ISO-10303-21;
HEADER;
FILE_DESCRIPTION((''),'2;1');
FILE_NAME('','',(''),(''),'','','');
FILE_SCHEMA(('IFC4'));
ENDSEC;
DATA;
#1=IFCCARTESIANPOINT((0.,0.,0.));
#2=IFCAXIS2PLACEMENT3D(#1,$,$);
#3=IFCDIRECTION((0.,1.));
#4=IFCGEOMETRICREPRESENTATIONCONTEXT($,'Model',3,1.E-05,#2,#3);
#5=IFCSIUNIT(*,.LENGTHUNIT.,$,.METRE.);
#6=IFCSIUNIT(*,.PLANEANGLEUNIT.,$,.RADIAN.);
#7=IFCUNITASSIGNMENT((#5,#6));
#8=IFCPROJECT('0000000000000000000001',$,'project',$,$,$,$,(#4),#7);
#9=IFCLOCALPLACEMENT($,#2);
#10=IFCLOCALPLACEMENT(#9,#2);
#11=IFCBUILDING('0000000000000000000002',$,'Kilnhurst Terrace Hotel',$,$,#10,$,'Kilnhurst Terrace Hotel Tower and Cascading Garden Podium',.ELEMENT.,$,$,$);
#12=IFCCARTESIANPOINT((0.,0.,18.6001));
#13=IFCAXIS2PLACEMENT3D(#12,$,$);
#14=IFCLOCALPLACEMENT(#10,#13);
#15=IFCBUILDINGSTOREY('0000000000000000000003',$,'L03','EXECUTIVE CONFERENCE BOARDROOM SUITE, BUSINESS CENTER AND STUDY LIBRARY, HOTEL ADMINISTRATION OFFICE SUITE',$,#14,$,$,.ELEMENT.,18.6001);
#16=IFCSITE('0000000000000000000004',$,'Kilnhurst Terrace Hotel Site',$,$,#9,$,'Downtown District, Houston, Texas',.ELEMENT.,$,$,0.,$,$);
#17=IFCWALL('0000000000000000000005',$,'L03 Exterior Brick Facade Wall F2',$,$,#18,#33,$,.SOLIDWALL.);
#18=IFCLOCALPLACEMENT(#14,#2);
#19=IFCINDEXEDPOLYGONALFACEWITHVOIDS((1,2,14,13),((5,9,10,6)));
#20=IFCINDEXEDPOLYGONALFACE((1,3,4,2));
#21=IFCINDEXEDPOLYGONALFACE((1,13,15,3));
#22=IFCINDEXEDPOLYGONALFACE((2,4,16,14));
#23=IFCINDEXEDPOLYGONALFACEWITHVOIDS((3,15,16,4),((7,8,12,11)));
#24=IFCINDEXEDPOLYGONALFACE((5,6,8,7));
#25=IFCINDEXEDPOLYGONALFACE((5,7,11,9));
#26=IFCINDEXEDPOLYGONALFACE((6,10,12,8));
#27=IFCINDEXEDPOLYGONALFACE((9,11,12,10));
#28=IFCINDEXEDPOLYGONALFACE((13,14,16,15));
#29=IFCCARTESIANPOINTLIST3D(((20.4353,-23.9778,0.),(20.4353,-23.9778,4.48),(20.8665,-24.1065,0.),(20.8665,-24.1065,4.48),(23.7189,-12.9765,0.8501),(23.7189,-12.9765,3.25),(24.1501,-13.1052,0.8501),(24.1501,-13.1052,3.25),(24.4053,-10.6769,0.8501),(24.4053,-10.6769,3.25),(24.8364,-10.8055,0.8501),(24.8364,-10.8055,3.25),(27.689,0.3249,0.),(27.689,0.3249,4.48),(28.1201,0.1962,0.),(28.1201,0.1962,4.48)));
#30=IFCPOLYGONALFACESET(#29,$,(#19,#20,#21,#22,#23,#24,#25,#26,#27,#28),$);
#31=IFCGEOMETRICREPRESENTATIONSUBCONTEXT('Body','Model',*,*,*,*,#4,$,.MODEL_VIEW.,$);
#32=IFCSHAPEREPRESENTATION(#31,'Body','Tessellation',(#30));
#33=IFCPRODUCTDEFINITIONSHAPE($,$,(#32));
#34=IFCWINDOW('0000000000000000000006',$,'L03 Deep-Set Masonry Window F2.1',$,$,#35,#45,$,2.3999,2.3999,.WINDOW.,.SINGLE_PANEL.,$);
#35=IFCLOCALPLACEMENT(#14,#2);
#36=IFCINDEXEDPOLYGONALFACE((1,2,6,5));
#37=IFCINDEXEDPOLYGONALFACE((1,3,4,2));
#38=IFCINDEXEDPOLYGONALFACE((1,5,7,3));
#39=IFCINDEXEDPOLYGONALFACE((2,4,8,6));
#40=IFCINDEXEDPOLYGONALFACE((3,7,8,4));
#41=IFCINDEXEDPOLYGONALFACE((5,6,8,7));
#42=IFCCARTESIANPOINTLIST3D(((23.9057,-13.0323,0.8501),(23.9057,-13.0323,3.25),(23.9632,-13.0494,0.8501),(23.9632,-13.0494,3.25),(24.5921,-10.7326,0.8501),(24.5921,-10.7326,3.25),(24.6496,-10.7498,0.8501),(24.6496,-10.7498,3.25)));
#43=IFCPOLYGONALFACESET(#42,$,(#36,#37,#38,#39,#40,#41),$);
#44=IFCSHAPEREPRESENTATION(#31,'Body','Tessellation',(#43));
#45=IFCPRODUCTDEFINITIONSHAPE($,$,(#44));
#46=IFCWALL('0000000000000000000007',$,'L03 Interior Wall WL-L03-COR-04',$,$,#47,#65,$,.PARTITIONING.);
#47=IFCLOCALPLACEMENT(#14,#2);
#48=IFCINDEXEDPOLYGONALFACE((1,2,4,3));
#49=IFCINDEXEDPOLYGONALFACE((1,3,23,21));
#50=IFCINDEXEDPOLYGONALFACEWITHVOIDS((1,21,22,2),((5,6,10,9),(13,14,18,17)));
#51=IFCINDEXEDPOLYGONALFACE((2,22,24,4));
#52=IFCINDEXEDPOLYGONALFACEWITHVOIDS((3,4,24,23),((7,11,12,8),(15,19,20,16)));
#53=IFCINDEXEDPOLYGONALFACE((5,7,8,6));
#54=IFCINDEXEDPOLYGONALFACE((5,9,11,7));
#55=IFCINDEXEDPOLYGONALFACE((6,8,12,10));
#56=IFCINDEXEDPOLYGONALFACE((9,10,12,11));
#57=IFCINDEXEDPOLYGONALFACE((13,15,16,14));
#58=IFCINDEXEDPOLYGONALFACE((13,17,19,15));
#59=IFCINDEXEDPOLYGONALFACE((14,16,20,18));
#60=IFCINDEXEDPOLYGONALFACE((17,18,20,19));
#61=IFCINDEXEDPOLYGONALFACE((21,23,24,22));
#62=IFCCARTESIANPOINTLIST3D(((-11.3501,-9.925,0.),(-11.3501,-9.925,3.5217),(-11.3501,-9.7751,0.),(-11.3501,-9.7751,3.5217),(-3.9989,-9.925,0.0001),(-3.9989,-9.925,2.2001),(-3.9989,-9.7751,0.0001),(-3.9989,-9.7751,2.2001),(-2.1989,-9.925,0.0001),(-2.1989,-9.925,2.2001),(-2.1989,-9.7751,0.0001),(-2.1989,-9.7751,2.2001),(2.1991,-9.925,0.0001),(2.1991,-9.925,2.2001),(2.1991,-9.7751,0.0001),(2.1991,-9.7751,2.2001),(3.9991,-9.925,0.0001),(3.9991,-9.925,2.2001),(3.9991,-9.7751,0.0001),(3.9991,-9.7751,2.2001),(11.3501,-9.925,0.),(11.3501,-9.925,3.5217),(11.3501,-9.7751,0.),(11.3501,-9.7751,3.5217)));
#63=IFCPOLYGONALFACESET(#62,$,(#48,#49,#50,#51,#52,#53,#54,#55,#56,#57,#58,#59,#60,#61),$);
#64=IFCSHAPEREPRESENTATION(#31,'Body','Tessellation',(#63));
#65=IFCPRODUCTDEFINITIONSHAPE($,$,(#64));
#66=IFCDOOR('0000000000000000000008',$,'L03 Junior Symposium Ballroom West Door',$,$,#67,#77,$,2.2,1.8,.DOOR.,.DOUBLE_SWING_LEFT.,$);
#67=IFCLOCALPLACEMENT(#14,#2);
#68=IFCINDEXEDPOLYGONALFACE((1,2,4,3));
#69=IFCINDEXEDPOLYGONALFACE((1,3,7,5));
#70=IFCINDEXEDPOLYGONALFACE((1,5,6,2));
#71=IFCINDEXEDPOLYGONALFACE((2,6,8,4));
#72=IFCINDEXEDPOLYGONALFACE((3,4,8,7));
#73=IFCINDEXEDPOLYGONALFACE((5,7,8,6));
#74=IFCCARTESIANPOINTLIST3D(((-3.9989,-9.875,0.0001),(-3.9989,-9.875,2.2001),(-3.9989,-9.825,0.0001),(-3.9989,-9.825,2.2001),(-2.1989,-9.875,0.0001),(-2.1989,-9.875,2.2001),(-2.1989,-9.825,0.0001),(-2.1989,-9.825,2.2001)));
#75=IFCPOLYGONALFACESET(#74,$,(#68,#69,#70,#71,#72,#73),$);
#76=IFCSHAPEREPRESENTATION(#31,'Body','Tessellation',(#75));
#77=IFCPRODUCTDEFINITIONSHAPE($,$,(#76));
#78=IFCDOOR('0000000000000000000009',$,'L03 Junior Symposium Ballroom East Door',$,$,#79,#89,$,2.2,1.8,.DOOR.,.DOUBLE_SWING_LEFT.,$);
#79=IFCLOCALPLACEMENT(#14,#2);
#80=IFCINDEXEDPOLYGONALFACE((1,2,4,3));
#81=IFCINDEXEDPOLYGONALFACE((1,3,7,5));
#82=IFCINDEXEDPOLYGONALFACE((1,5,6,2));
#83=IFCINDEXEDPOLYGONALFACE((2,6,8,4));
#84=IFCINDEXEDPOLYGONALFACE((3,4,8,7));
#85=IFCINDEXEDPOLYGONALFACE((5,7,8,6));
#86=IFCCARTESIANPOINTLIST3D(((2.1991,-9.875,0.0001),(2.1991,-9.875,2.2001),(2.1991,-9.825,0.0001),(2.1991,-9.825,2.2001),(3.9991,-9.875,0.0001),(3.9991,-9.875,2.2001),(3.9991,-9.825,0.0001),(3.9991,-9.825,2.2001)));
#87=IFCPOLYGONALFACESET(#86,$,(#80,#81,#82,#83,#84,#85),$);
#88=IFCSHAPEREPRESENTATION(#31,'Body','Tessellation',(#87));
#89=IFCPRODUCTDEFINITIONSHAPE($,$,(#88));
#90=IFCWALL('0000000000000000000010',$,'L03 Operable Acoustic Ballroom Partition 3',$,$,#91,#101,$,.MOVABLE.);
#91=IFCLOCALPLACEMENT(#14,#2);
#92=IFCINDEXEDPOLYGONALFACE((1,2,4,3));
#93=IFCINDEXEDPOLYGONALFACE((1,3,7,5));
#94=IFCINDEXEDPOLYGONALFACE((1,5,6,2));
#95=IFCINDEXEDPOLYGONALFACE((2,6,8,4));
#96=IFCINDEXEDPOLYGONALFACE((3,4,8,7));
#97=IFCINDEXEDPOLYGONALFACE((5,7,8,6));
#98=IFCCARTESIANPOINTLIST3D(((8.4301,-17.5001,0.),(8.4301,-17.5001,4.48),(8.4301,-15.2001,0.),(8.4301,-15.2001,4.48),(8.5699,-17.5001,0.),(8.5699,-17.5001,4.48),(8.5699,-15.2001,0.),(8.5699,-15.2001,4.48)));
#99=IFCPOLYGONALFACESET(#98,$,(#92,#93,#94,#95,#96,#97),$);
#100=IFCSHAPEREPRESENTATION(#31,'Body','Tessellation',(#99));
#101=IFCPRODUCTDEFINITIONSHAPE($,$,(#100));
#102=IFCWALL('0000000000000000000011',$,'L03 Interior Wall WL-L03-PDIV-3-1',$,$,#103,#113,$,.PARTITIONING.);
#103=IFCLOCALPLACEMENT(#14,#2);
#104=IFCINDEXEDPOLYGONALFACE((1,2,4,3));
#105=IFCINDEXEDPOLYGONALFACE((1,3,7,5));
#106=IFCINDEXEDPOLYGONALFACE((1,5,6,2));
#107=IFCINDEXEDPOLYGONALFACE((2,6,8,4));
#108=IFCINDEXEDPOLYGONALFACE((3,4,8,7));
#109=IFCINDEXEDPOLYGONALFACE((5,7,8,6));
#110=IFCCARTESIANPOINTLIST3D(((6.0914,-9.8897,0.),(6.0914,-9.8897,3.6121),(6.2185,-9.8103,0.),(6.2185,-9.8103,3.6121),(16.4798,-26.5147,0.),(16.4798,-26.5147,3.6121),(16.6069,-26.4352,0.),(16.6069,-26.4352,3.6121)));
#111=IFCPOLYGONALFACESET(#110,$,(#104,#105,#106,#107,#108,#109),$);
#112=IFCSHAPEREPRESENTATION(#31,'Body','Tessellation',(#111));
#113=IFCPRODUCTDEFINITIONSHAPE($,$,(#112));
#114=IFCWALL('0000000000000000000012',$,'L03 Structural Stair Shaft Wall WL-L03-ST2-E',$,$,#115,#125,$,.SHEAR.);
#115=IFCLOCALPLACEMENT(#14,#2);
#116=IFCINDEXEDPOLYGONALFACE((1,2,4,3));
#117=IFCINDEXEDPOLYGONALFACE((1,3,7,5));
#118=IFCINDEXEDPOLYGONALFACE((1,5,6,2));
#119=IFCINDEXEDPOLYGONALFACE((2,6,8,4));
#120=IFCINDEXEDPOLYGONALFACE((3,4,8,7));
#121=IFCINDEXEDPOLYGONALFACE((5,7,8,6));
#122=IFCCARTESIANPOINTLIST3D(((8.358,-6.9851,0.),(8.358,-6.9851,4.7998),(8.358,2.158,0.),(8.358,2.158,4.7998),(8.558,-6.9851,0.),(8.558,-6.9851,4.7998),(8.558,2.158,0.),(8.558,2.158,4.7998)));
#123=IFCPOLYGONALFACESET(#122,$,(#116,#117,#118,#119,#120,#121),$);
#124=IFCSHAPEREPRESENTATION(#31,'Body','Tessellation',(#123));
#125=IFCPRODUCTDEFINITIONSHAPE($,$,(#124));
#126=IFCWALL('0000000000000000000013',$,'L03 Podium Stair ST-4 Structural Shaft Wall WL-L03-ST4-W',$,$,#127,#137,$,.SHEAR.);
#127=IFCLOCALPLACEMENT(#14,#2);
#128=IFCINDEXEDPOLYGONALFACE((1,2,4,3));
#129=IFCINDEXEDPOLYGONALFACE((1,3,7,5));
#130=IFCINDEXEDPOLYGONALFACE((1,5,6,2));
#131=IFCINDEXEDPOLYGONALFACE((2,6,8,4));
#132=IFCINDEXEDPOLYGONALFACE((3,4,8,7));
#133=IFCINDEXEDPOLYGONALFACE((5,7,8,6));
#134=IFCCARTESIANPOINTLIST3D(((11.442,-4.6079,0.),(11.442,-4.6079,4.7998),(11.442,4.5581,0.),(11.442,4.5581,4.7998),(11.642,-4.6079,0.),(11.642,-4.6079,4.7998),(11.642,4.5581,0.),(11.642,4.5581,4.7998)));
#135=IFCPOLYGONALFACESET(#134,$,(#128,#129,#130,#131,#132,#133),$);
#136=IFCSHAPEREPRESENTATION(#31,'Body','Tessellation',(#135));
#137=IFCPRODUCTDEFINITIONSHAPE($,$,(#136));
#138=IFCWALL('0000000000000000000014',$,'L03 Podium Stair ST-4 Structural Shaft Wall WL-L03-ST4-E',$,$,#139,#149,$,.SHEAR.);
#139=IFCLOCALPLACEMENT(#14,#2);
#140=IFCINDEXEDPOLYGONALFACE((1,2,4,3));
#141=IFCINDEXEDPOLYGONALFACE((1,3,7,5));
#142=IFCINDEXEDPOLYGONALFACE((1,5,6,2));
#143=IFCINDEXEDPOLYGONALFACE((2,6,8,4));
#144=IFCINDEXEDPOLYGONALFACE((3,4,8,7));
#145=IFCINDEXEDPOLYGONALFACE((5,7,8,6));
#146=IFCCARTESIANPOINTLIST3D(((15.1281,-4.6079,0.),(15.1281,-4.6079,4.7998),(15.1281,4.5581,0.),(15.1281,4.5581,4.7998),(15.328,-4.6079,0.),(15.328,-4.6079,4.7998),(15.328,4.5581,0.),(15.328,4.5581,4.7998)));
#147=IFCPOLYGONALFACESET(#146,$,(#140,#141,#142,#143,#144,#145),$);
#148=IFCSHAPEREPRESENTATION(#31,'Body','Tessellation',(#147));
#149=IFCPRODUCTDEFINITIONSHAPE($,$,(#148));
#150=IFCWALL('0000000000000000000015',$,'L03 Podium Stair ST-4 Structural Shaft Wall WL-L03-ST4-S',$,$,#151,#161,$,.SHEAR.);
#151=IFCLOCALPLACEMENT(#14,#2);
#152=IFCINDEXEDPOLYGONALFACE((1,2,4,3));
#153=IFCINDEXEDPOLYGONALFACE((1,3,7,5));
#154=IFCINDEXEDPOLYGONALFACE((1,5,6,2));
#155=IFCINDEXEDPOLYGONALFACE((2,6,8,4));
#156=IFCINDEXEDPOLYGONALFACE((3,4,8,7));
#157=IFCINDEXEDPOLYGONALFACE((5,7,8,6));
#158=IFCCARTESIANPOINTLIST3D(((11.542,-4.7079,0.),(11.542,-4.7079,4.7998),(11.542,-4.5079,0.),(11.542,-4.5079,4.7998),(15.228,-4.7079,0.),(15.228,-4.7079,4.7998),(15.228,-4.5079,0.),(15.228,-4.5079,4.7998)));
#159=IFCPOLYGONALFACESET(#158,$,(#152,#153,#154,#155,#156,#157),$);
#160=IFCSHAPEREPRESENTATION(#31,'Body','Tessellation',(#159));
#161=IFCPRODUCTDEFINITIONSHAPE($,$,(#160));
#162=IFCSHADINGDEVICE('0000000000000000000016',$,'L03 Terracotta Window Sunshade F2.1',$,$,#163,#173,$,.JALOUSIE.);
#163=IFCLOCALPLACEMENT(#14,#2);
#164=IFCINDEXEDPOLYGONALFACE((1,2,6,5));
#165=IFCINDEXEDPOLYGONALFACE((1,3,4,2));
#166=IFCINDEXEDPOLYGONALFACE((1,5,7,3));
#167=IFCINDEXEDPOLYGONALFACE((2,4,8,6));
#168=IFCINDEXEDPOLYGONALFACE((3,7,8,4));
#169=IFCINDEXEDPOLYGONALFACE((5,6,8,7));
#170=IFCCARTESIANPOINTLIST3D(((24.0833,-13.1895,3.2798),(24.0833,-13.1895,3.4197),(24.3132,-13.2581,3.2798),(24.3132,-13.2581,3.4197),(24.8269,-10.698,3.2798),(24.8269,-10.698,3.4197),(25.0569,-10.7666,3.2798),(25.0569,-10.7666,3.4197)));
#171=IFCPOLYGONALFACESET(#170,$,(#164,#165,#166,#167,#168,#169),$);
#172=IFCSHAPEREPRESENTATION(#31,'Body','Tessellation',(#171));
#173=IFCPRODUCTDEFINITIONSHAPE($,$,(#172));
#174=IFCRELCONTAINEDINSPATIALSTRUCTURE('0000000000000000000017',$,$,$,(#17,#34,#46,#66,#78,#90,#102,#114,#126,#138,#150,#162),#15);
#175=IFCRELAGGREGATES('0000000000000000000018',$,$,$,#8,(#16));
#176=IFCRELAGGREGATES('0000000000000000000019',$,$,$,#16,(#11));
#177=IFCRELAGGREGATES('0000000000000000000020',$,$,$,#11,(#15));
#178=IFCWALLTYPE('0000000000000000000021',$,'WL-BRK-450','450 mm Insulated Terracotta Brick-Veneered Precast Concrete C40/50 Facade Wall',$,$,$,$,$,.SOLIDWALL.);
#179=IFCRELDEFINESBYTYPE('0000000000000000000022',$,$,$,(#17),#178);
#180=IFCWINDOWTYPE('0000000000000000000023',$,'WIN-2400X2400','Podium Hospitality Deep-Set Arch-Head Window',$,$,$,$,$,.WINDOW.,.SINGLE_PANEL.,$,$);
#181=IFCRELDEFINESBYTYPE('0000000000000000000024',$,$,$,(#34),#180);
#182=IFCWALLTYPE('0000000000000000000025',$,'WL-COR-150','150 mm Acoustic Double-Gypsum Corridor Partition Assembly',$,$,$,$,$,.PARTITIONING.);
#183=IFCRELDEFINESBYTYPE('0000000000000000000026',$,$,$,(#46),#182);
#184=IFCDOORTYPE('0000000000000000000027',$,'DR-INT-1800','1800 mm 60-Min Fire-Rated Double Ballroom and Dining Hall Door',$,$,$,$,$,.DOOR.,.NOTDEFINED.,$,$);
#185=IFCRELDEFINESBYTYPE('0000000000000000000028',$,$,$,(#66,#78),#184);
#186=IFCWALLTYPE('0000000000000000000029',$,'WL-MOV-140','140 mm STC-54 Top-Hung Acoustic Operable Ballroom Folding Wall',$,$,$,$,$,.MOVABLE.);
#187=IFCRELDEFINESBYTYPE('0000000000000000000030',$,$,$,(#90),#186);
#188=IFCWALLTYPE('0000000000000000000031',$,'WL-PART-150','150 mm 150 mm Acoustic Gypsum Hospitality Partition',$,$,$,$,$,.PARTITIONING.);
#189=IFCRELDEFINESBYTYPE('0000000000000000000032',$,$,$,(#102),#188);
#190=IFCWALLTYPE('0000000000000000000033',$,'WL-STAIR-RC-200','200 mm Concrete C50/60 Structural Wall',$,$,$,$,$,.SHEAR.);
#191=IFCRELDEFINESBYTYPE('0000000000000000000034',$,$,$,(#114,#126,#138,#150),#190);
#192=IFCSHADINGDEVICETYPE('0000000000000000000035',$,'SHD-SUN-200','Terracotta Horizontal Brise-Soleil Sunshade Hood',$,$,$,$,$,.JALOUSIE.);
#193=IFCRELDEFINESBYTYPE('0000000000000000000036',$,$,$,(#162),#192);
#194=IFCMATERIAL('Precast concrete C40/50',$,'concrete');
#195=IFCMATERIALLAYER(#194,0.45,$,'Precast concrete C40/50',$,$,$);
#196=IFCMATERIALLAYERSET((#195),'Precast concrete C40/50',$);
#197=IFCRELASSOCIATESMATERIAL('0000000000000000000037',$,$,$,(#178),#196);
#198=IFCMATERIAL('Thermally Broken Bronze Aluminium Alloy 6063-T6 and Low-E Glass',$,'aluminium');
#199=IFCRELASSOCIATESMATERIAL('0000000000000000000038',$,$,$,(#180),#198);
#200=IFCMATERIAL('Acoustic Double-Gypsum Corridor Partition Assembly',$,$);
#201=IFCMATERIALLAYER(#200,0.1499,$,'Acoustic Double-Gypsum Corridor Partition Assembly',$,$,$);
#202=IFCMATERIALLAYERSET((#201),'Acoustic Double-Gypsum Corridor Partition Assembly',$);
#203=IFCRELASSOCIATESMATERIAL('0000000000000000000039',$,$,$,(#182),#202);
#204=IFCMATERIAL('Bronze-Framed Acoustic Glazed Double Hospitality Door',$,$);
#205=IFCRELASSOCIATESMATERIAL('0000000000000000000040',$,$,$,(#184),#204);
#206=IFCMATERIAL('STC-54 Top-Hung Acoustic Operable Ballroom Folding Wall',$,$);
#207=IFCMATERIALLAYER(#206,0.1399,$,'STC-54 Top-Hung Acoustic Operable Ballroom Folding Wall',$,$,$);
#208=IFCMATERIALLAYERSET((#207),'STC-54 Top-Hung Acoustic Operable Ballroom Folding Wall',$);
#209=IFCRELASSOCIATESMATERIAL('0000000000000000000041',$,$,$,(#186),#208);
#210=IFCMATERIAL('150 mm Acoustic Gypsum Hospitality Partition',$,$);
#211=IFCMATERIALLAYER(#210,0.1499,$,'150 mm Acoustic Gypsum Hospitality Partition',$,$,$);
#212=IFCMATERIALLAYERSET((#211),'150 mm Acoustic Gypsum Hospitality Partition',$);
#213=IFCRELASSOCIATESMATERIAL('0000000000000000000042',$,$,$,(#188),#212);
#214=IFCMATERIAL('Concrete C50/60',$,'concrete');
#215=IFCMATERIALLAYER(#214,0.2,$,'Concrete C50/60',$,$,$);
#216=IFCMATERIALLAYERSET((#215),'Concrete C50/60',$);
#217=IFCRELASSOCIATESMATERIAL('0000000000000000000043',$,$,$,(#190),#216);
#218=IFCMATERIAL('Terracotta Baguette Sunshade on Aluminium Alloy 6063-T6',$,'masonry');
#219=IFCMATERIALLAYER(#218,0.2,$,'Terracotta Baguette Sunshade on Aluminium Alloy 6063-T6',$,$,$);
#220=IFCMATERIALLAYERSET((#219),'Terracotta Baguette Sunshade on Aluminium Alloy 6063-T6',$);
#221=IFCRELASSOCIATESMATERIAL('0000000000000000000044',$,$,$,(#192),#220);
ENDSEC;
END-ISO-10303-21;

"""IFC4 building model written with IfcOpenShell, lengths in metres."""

from ifc_helpers import new_model, si_unit, direction, frame, frame_2d, origin, origin_2d, place, context, subcontext, project, spatial, rectangle, extrude, material, layer, layer_set, type_object, element, fill, save


model = new_model("IFC4")

# Units and contexts
model_context = context("Model", 3, precision=1e-05, world=origin(), true_north=direction((0.0, 1.0)))
body_context = subcontext(model_context, "Body", "Model", "MODEL_VIEW")
ifc_project = project(units=[si_unit("LENGTHUNIT", "METRE"), si_unit("PLANEANGLEUNIT", "RADIAN")], contexts=[model_context])

# Site, building, storey
site_placement = place(None, origin())
site = spatial("IfcSite", under=ifc_project, at=site_placement, Name="Kilnhurst Terrace Hotel Site", LongName="Downtown District, Houston, Texas", CompositionType="ELEMENT", RefElevation=0.0)
building_placement = place(site_placement, origin())
building = spatial("IfcBuilding", under=site, at=building_placement, Name="Kilnhurst Terrace Hotel", LongName="Kilnhurst Terrace Hotel Tower and Cascading Garden Podium", CompositionType="ELEMENT")
storey_placement = place(building_placement, frame((0.0, 0.0, 18.6001)))
storey = spatial("IfcBuildingStorey", under=building, at=storey_placement, Name="L03", Description="EXECUTIVE CONFERENCE BOARDROOM SUITE, BUSINESS CENTER AND STUDY LIBRARY, HOTEL ADMINISTRATION OFFICE SUITE", CompositionType="ELEMENT", Elevation=18.6001)

# Shared definitions
ifc_material_1 = material(Name="Concrete C50/60", Category="concrete")

# Shared definitions
ifc_material_2 = material(Name="Precast concrete C40/50", Category="concrete")
ifc_layer_1 = layer(ifc_material_2, 0.45, Name="Precast concrete C40/50")
ifc_layer_set_1 = layer_set([ifc_layer_1], Name="Precast concrete C40/50")
wall_type_1 = type_object("IfcWallType", Name="WL-BRK-450", Description="450 mm Insulated Terracotta Brick-Veneered Precast Concrete C40/50 Facade Wall", PredefinedType="SOLIDWALL", material=ifc_layer_set_1)

# Wall, opening, window
wall_1_placement = place(storey_placement, frame((20.6509, -24.0422, 0.0), z_axis=(0.0, 0.0, 1.0), x_axis=(0.286003, 0.958229, 0.0)))
wall_1 = element("IfcWall", 1, at=wall_1_placement, inside=storey, type_object=wall_type_1, Name="L03 Exterior Brick Facade Wall F2", PredefinedType="SOLIDWALL", context=body_context, shape_type="SweptSolid", body=[
    extrude(rectangle(XDim=25.3621, YDim=0.45, at=frame_2d((12.6812, 0.0))), origin(), (0.0, 0.0, 1.0), 4.48),
])
opening_1_placement = place(wall_1_placement, frame((11.481, 0.0, 0.8501)))
opening_1 = element("IfcOpeningElement", 2, at=opening_1_placement, cuts=wall_1, PredefinedType="OPENING", context=body_context, shape_type="SweptSolid", body=[
    extrude(rectangle(XDim=2.3999, YDim=2.3999, at=frame_2d((1.2, 1.2))), frame((0.0, 0.2349, 0.0), z_axis=(0.0, -1.0, 0.0), x_axis=(1.0, 0.0, 0.0)), (0.0, 0.0, 1.0), 0.47),
])
ifc_material_3 = material(Name="Thermally Broken Bronze Aluminium Alloy 6063-T6 and Low-E Glass", Category="aluminium")
window_type = type_object("IfcWindowType", Name="WIN-2400X2400", Description="Podium Hospitality Deep-Set Arch-Head Window", PartitioningType="SINGLE_PANEL", PredefinedType="WINDOW", material=ifc_material_3)
window_placement = place(opening_1_placement, origin())
window = element("IfcWindow", 3, at=window_placement, inside=storey, type_object=window_type, Name="L03 Deep-Set Masonry Window F2.1", OverallHeight=2.3999, OverallWidth=2.3999, PartitioningType="SINGLE_PANEL", PredefinedType="WINDOW", context=body_context, shape_type="SweptSolid", body=[
    extrude(rectangle(XDim=2.3999, YDim=2.3999, at=frame_2d((1.2, 1.2))), frame((0.0, 0.03, 0.0), z_axis=(0.0, -1.0, 0.0), x_axis=(1.0, 0.0, 0.0)), (0.0, 0.0, 1.0), 0.0601),
])
fill(opening_1, window)

# Wall, openings, doors
ifc_material_4 = material(Name="Acoustic Double-Gypsum Corridor Partition Assembly")
ifc_layer_2 = layer(ifc_material_4, 0.1499, Name="Acoustic Double-Gypsum Corridor Partition Assembly")
ifc_layer_set_2 = layer_set([ifc_layer_2], Name="Acoustic Double-Gypsum Corridor Partition Assembly")
wall_type_2 = type_object("IfcWallType", Name="WL-COR-150", Description="150 mm Acoustic Double-Gypsum Corridor Partition Assembly", PredefinedType="PARTITIONING", material=ifc_layer_set_2)
wall_2_placement = place(storey_placement, frame((11.3501, -9.8501, 0.0), z_axis=(0.0, 0.0, 1.0), x_axis=(-1.0, 0.0, 0.0)))
wall_2 = element("IfcWall", 4, at=wall_2_placement, inside=storey, type_object=wall_type_2, Name="L03 Interior Wall WL-L03-COR-04", PredefinedType="PARTITIONING", context=body_context, shape_type="SweptSolid", body=[
    extrude(rectangle(XDim=22.7002, YDim=0.1499, at=frame_2d((11.3501, 0.0))), origin(), (0.0, 0.0, 1.0), 3.5217),
])
opening_2_placement = place(wall_2_placement, frame((13.5491, 0.0, 0.0)))
opening_2 = element("IfcOpeningElement", 5, at=opening_2_placement, cuts=wall_2, PredefinedType="OPENING", context=body_context, shape_type="SweptSolid", body=[
    extrude(rectangle(XDim=1.8, YDim=2.2, at=frame_2d((0.8999, 1.1001))), frame((0.0, 0.085, 0.0), z_axis=(0.0, -1.0, 0.0), x_axis=(1.0, 0.0, 0.0)), (0.0, 0.0, 1.0), 0.1699),
])
opening_3_placement = place(wall_2_placement, frame((7.3511, 0.0, 0.0)))
opening_3 = element("IfcOpeningElement", 6, at=opening_3_placement, cuts=wall_2, PredefinedType="OPENING", context=body_context, shape_type="SweptSolid", body=[
    extrude(rectangle(XDim=1.8, YDim=2.2, at=frame_2d((0.8999, 1.1001))), frame((0.0, 0.085, 0.0), z_axis=(0.0, -1.0, 0.0), x_axis=(1.0, 0.0, 0.0)), (0.0, 0.0, 1.0), 0.1699),
])
ifc_material_5 = material(Name="Bronze-Framed Acoustic Glazed Double Hospitality Door")
door_type_1 = type_object("IfcDoorType", Name="DR-INT-1800", Description="1800 mm 60-Min Fire-Rated Double Ballroom and Dining Hall Door", OperationType="NOTDEFINED", PredefinedType="DOOR", material=ifc_material_5)
door_1_placement = place(opening_2_placement, origin())
door_1 = element("IfcDoor", 7, at=door_1_placement, inside=storey, type_object=door_type_1, Name="L03 Junior Symposium Ballroom West Door", OperationType="DOUBLE_SWING_LEFT", OverallHeight=2.2, OverallWidth=1.8, PredefinedType="DOOR", context=body_context, shape_type="SweptSolid", body=[
    extrude(rectangle(XDim=1.8, YDim=2.2, at=frame_2d((0.8999, 1.1001))), frame((0.0, 0.0249, 0.0), z_axis=(0.0, -1.0, 0.0), x_axis=(1.0, 0.0, 0.0)), (0.0, 0.0, 1.0), 0.05),
])
fill(opening_2, door_1)
door_2_placement = place(opening_3_placement, origin())
door_2 = element("IfcDoor", 8, at=door_2_placement, inside=storey, type_object=door_type_1, Name="L03 Junior Symposium Ballroom East Door", OperationType="DOUBLE_SWING_LEFT", OverallHeight=2.2, OverallWidth=1.8, PredefinedType="DOOR", context=body_context, shape_type="SweptSolid", body=[
    extrude(rectangle(XDim=1.8, YDim=2.2, at=frame_2d((0.8999, 1.1001))), frame((0.0, 0.0249, 0.0), z_axis=(0.0, -1.0, 0.0), x_axis=(1.0, 0.0, 0.0)), (0.0, 0.0, 1.0), 0.05),
])
fill(opening_3, door_2)

# Walls
ifc_material_6 = material(Name="STC-54 Top-Hung Acoustic Operable Ballroom Folding Wall")
ifc_layer_3 = layer(ifc_material_6, 0.1399, Name="STC-54 Top-Hung Acoustic Operable Ballroom Folding Wall")
ifc_layer_set_3 = layer_set([ifc_layer_3], Name="STC-54 Top-Hung Acoustic Operable Ballroom Folding Wall")
wall_type_3 = type_object("IfcWallType", Name="WL-MOV-140", Description="140 mm STC-54 Top-Hung Acoustic Operable Ballroom Folding Wall", PredefinedType="MOVABLE", material=ifc_layer_set_3)
wall_3_placement = place(storey_placement, frame((8.5, -17.5, 0.0), z_axis=(0.0, 0.0, 1.0), x_axis=(0.0, 1.0, 0.0)))
element("IfcWall", 9, at=wall_3_placement, inside=storey, type_object=wall_type_3, Name="L03 Operable Acoustic Ballroom Partition 3", PredefinedType="MOVABLE", context=body_context, shape_type="SweptSolid", body=[
    extrude(rectangle(XDim=2.3, YDim=0.1399, at=frame_2d((1.1499, 0.0))), origin(), (0.0, 0.0, 1.0), 4.48),
])
ifc_material_7 = material(Name="150 mm Acoustic Gypsum Hospitality Partition")
ifc_layer_4 = layer(ifc_material_7, 0.1499, Name="150 mm Acoustic Gypsum Hospitality Partition")
ifc_layer_set_4 = layer_set([ifc_layer_4], Name="150 mm Acoustic Gypsum Hospitality Partition")
wall_type_4 = type_object("IfcWallType", Name="WL-PART-150", Description="150 mm 150 mm Acoustic Gypsum Hospitality Partition", PredefinedType="PARTITIONING", material=ifc_layer_set_4)
wall_4_placement = place(storey_placement, frame((6.155, -9.8501, 0.0), z_axis=(0.0, 0.0, 1.0), x_axis=(0.529918, -0.848049, 0.0)))
element("IfcWall", 10, at=wall_4_placement, inside=storey, type_object=wall_type_4, Name="L03 Interior Wall WL-L03-PDIV-3-1", PredefinedType="PARTITIONING", context=body_context, shape_type="SweptSolid", body=[
    extrude(rectangle(XDim=19.6038, YDim=0.1499, at=frame_2d((9.8018, 0.0))), origin(), (0.0, 0.0, 1.0), 3.6121),
])
ifc_layer_5 = layer(ifc_material_1, 0.2, Name="Concrete C50/60")
ifc_layer_set_5 = layer_set([ifc_layer_5], Name="Concrete C50/60")
wall_type_5 = type_object("IfcWallType", Name="WL-STAIR-RC-200", Description="200 mm Concrete C50/60 Structural Wall", PredefinedType="SHEAR", material=ifc_layer_set_5)
wall_5_placement = place(storey_placement, frame((8.458, -6.9851, 0.0), z_axis=(0.0, 0.0, 1.0), x_axis=(0.0, 1.0, 0.0)))
element("IfcWall", 11, at=wall_5_placement, inside=storey, type_object=wall_type_5, Name="L03 Structural Stair Shaft Wall WL-L03-ST2-E", PredefinedType="SHEAR", context=body_context, shape_type="SweptSolid", body=[
    extrude(rectangle(XDim=9.1431, YDim=0.2, at=frame_2d((4.5715, 0.0))), origin(), (0.0, 0.0, 1.0), 4.7998),
])
for number, where, z_axis, x_axis, name in (
    (12, (11.542, -4.6079, 0.0), (0.0, 0.0, 1.0), (0.0, 1.0, 0.0), "L03 Podium Stair ST-4 Structural Shaft Wall WL-L03-ST4-W"),
    (13, (15.228, -4.6079, 0.0), (0.0, 0.0, 1.0), (0.0, 1.0, 0.0), "L03 Podium Stair ST-4 Structural Shaft Wall WL-L03-ST4-E"),
):
    element("IfcWall", number, at=place(storey_placement, frame(where, z_axis=z_axis, x_axis=x_axis)), inside=storey, type_object=wall_type_5, Name=name, PredefinedType="SHEAR", context=body_context, shape_type="SweptSolid", body=[
        extrude(rectangle(XDim=9.166, YDim=0.2, at=frame_2d((4.583, 0.0))), origin(), (0.0, 0.0, 1.0), 4.7998),
    ])
wall_6_placement = place(storey_placement, frame((11.542, -4.6079, 0.0), z_axis=(0.0, 0.0, 1.0), x_axis=(1.0, 0.0, 0.0)))
element("IfcWall", 14, at=wall_6_placement, inside=storey, type_object=wall_type_5, Name="L03 Podium Stair ST-4 Structural Shaft Wall WL-L03-ST4-S", PredefinedType="SHEAR", context=body_context, shape_type="SweptSolid", body=[
    extrude(rectangle(XDim=3.686, YDim=0.2, at=frame_2d((1.843, 0.0))), origin(), (0.0, 0.0, 1.0), 4.7998),
])

# Shading device
ifc_material_8 = material(Name="Terracotta Baguette Sunshade on Aluminium Alloy 6063-T6", Category="masonry")
ifc_layer_6 = layer(ifc_material_8, 0.2, Name="Terracotta Baguette Sunshade on Aluminium Alloy 6063-T6")
ifc_layer_set_6 = layer_set([ifc_layer_6], Name="Terracotta Baguette Sunshade on Aluminium Alloy 6063-T6")
shading_device_type = type_object("IfcShadingDeviceType", Name="SHD-SUN-200", Description="Terracotta Horizontal Brise-Soleil Sunshade Hood", PredefinedType="JALOUSIE", material=ifc_layer_set_6)
shading_device_placement = place(storey_placement, frame((24.5701, -11.978, 3.2798), z_axis=(0.0, 0.0, 1.0), x_axis=(0.286006, 0.958228, 0.0)))
element("IfcShadingDevice", 15, at=shading_device_placement, inside=storey, type_object=shading_device_type, Name="L03 Terracotta Window Sunshade F2.1", PredefinedType="JALOUSIE", context=body_context, shape_type="SweptSolid", body=[
    extrude(rectangle(XDim=2.6001, YDim=0.24, at=origin_2d()), origin(), (0.0, 0.0, 1.0), 0.1399),
])

save(model, "model.ifc")
